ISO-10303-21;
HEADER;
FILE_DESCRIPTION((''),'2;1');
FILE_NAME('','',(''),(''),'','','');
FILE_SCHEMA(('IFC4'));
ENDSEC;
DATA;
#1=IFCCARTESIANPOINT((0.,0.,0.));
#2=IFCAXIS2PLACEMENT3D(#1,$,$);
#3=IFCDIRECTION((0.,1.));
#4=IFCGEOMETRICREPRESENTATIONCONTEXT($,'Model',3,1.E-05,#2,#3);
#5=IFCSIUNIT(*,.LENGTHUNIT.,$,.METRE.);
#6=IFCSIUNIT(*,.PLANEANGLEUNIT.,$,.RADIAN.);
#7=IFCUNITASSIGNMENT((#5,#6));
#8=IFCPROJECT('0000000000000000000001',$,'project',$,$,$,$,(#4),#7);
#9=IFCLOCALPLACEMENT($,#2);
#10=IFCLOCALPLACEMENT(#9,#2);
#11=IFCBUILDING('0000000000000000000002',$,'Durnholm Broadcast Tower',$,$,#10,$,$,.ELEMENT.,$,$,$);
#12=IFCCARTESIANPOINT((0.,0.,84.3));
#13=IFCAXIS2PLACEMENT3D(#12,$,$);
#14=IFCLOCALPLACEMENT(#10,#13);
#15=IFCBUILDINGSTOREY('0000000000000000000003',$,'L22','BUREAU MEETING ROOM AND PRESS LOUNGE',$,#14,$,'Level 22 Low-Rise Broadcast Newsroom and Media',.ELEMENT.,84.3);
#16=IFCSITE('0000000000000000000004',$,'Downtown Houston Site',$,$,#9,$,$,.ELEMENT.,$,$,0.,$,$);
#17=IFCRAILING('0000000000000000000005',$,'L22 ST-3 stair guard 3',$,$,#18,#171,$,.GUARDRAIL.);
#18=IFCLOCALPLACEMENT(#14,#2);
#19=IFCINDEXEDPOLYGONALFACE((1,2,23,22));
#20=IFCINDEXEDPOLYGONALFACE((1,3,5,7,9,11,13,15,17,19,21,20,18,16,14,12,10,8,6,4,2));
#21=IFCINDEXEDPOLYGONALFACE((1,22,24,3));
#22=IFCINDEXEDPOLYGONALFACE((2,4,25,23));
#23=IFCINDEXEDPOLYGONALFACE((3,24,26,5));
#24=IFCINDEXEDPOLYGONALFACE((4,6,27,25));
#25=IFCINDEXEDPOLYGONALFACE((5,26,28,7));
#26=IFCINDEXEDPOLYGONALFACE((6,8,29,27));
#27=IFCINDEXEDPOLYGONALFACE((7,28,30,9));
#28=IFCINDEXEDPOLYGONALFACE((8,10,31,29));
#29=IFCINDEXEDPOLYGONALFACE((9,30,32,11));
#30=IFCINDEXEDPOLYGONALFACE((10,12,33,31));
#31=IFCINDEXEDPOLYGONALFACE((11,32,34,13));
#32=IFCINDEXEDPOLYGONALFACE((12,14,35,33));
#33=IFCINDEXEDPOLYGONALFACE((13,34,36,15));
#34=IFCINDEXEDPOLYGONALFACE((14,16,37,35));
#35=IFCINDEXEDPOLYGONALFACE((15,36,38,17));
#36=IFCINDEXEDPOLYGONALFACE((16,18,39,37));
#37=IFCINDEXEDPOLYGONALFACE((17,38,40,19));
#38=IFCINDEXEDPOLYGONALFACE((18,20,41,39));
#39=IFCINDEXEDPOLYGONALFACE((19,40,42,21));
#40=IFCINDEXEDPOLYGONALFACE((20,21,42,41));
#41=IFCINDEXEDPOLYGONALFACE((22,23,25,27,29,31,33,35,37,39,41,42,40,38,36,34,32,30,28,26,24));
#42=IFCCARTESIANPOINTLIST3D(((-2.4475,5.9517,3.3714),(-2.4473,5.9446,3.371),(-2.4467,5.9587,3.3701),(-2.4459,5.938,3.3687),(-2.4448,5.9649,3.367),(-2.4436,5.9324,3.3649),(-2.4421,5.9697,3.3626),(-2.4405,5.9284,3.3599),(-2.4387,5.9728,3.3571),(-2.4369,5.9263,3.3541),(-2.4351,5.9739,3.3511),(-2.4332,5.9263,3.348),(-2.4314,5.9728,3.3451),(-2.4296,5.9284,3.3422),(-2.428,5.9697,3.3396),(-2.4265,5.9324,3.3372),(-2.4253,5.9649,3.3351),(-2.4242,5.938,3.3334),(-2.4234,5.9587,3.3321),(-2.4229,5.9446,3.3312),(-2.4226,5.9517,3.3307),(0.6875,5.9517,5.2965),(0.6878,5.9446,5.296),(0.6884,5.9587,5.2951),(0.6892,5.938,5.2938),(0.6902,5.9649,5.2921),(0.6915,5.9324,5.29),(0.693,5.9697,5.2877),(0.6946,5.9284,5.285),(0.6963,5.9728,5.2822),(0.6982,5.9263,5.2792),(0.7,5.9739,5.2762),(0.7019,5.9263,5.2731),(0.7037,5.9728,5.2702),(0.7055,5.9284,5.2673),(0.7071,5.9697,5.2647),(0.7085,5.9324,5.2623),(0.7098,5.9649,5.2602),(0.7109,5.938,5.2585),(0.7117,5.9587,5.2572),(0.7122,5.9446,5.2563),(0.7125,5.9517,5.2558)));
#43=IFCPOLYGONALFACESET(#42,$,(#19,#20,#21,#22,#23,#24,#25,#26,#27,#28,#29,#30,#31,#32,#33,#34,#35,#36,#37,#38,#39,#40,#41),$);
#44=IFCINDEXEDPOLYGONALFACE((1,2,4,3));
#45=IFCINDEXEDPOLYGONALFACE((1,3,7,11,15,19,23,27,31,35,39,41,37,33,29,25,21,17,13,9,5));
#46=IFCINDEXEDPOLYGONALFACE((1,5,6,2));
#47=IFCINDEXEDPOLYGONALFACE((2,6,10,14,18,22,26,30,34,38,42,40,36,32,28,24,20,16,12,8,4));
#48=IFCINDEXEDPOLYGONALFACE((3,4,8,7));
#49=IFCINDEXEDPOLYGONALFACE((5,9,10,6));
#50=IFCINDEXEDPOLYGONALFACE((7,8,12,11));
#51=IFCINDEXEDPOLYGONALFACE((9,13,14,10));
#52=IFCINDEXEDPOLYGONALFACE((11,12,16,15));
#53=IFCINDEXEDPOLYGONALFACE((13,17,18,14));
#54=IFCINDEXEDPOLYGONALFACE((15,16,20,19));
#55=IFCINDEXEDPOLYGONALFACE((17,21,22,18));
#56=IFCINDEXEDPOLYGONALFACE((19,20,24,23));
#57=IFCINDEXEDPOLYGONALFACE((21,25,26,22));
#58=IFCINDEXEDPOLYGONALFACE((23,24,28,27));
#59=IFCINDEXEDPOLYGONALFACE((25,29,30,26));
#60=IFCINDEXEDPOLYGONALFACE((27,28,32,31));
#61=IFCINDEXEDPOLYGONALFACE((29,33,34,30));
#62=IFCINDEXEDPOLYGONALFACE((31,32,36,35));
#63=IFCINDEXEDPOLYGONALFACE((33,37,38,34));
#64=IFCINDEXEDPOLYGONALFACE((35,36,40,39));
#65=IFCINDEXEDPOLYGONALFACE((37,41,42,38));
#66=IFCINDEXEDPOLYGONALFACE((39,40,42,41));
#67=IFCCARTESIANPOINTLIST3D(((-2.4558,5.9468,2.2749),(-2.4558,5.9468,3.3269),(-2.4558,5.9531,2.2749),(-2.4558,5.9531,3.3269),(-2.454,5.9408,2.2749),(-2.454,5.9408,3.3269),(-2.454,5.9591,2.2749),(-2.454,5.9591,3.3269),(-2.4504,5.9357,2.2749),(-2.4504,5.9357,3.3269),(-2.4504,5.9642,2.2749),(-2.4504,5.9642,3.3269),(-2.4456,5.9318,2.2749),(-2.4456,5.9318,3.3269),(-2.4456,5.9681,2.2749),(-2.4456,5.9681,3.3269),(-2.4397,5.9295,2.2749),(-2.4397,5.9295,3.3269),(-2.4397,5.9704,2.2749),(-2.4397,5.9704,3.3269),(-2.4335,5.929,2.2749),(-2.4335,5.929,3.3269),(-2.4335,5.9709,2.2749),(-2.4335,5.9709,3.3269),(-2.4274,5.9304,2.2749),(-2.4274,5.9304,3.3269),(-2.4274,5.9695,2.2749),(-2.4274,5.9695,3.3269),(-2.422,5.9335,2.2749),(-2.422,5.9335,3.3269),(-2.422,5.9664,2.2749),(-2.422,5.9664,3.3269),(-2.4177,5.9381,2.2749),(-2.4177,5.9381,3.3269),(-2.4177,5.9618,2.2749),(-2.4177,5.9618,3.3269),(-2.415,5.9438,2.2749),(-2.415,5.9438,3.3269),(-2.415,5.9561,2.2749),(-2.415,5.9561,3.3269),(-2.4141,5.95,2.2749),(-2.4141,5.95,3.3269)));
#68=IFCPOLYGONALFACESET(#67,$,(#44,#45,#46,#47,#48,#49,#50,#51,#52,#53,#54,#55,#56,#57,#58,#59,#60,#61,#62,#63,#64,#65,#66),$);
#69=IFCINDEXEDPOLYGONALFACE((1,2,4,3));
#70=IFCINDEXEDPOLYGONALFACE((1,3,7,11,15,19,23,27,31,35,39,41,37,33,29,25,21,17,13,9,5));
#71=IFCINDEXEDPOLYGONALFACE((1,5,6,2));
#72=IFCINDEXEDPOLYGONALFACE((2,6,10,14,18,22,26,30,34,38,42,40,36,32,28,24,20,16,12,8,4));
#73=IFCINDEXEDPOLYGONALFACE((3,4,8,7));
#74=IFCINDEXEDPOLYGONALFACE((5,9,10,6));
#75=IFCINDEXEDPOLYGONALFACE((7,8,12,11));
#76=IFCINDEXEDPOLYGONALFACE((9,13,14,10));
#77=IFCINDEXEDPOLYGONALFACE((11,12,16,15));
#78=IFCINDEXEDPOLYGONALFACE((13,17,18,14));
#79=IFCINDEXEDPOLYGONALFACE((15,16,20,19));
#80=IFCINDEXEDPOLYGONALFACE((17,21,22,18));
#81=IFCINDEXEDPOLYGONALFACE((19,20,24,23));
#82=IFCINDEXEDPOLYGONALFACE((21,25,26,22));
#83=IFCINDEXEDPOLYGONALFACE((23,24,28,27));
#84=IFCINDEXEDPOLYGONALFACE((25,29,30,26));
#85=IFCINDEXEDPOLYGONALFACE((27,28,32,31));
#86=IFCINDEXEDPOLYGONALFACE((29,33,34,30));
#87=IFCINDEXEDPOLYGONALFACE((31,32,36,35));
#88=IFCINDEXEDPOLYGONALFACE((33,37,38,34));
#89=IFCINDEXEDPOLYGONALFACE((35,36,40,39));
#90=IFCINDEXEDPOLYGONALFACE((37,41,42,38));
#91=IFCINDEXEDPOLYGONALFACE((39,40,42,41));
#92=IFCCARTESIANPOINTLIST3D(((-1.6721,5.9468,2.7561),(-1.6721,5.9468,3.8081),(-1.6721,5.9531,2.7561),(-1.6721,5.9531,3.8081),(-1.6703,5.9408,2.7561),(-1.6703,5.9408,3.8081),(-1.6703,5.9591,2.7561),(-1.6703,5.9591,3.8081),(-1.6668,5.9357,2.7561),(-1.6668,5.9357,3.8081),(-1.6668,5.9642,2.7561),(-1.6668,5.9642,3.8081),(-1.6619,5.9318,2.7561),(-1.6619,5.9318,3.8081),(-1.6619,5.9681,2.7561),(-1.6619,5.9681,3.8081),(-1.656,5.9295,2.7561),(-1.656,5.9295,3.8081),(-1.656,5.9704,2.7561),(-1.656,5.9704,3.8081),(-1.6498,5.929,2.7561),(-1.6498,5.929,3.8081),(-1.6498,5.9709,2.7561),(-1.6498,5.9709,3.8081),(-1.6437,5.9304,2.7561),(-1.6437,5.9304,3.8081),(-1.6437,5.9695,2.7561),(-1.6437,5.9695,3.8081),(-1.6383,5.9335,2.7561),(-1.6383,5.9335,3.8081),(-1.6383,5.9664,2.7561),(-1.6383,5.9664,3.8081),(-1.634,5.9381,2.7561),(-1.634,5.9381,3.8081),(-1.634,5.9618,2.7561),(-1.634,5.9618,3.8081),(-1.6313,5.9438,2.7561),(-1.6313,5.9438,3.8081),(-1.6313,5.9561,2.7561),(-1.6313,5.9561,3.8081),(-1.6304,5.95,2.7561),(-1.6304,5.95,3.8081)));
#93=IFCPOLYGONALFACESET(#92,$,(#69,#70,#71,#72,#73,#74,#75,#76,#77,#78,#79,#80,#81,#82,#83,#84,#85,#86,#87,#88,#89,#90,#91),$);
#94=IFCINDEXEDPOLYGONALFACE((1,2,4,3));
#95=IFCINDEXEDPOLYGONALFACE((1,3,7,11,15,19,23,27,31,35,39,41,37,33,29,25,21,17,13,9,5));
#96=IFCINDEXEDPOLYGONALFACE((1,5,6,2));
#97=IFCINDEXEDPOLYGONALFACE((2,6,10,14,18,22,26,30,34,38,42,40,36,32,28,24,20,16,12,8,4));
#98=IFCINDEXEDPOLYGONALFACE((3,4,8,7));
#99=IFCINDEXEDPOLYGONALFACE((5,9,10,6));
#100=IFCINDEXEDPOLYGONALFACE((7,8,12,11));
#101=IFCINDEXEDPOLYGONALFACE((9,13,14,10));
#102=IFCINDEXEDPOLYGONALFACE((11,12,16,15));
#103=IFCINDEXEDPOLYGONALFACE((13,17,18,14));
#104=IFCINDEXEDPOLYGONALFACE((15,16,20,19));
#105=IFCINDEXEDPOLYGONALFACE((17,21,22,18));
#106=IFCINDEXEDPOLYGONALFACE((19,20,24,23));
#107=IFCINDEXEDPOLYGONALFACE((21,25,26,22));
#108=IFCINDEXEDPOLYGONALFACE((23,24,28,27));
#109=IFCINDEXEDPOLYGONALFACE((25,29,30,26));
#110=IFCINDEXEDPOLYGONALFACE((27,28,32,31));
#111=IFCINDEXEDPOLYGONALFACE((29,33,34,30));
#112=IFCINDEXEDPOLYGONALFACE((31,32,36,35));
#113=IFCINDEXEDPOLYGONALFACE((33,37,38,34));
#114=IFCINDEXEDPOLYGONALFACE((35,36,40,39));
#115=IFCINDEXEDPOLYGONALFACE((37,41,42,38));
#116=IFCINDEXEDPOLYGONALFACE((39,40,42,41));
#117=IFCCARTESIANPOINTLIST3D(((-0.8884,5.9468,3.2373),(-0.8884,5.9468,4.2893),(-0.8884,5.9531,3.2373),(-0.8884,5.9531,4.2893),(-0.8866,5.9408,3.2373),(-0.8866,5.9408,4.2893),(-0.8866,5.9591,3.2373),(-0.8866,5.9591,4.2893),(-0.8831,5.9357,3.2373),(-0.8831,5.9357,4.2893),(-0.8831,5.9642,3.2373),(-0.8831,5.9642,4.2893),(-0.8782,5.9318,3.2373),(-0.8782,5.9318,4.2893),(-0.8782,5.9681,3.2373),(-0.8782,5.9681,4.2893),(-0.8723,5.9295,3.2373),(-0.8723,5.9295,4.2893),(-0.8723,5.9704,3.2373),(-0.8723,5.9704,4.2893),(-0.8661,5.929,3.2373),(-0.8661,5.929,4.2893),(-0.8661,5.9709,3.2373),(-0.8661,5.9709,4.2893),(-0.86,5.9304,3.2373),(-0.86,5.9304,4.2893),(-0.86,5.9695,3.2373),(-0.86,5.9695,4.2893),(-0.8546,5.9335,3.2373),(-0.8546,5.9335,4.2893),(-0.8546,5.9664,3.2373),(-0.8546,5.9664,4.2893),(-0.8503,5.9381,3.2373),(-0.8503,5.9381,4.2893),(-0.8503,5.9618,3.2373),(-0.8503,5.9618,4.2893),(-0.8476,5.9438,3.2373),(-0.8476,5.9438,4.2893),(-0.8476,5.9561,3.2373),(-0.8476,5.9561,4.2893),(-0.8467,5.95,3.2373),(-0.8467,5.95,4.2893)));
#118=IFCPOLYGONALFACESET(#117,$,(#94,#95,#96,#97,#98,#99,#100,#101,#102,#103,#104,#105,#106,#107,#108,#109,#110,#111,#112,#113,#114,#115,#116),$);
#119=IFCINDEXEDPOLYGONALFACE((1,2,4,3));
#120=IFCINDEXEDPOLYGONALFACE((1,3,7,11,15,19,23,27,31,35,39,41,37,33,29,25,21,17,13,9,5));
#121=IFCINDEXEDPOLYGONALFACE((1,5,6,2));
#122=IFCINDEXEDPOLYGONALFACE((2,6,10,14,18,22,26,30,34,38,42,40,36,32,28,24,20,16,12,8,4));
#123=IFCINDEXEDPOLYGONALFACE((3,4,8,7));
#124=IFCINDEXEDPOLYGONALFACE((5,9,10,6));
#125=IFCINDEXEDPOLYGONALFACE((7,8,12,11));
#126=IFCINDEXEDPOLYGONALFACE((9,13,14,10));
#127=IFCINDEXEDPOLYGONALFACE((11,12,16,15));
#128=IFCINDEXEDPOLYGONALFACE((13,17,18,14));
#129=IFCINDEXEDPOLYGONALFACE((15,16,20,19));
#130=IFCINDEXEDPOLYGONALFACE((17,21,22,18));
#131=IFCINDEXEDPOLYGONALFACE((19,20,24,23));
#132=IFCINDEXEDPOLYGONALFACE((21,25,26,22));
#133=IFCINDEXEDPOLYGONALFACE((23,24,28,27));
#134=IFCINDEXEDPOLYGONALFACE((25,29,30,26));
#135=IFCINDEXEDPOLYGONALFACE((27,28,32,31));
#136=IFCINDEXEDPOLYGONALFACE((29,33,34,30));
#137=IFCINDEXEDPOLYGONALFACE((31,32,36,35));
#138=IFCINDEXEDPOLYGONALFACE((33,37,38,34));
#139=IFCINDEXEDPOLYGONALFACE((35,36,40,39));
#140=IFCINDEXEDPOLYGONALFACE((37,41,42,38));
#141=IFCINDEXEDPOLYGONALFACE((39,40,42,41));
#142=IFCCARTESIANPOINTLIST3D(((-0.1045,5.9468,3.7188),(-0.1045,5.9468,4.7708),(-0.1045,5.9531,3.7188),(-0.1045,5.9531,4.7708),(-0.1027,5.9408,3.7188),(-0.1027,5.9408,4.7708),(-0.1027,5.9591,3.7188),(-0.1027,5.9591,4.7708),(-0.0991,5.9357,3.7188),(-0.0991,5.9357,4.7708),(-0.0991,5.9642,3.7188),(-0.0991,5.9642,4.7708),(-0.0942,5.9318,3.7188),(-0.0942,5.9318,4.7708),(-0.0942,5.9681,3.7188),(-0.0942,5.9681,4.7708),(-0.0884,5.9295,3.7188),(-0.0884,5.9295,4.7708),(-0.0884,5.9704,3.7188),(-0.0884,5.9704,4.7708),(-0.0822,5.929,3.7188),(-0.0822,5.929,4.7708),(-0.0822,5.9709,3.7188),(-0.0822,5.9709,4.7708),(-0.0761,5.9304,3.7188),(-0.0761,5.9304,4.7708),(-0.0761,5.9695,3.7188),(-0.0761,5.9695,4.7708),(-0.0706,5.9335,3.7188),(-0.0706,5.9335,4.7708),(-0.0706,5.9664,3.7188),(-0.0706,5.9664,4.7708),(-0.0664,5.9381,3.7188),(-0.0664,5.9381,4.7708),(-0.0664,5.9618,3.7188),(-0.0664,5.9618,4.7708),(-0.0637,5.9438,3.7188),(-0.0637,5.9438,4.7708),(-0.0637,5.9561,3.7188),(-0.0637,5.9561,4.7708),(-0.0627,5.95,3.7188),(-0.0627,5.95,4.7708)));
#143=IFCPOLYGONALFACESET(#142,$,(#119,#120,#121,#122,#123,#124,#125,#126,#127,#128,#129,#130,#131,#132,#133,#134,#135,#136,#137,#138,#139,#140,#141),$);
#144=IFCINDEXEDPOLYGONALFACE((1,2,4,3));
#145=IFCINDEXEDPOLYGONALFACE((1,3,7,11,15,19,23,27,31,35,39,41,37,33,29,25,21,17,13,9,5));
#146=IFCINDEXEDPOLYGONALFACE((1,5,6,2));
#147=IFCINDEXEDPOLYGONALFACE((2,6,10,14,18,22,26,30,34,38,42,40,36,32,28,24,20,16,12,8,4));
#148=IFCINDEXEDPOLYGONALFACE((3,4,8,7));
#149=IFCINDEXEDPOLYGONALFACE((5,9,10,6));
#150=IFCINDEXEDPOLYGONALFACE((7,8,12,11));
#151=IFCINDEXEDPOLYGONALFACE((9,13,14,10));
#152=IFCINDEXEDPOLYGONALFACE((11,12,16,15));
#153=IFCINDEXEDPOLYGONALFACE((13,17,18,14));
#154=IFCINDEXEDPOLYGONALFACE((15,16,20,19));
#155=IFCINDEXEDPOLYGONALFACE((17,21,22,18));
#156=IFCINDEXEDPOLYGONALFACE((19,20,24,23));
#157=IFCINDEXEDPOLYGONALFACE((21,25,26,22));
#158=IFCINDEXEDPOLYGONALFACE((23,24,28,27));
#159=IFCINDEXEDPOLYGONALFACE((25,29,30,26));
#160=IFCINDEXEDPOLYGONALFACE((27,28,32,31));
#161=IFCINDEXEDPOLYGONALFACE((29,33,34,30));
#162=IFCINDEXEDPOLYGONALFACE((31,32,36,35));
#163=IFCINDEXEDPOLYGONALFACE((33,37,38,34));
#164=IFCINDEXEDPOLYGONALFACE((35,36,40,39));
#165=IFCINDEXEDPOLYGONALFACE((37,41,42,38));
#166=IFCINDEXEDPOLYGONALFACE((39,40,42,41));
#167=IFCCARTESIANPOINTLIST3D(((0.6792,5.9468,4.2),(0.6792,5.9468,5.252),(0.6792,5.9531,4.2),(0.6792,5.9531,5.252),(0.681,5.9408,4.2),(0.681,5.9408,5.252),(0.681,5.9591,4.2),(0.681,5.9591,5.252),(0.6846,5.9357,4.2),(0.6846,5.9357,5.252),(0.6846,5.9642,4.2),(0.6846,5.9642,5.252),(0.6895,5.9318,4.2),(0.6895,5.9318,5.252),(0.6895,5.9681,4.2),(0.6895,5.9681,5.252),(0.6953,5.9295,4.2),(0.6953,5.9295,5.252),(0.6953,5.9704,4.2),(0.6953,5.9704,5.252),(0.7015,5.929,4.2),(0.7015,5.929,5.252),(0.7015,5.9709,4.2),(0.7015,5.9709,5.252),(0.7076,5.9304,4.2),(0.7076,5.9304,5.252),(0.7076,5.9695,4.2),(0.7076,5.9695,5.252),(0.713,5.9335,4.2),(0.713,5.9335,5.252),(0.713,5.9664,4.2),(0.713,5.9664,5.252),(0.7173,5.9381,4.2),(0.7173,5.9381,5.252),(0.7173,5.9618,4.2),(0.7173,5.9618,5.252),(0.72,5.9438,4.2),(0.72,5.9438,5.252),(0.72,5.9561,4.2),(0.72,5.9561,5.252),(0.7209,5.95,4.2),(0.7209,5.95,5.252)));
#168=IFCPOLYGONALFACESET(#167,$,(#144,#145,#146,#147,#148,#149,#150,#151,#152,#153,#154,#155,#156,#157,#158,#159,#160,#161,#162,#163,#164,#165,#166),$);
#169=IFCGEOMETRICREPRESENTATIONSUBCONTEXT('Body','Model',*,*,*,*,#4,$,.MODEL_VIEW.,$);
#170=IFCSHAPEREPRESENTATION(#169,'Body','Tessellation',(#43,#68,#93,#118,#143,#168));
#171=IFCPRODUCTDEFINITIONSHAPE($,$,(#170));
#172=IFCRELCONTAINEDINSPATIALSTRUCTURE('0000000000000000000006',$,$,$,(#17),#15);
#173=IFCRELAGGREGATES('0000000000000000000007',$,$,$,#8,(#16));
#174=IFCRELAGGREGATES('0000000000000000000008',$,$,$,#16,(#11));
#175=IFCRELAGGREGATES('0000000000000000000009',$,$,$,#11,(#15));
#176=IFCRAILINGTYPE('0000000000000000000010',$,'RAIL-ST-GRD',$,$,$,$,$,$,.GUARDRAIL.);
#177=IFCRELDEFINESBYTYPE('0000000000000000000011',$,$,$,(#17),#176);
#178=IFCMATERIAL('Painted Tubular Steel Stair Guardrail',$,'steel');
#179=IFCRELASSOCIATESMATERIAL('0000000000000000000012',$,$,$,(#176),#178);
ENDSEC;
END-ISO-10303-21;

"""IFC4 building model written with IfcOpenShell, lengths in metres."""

from ifc_helpers import new_model, si_unit, direction, frame, origin, origin_2d, place, context, subcontext, project, spatial, circle, extrude, material, type_object, element, save


model = new_model("IFC4")

# Units and contexts
model_context = context("Model", 3, precision=1e-05, world=origin(), true_north=direction((0.0, 1.0)))
body_context = subcontext(model_context, "Body", "Model", "MODEL_VIEW")
ifc_project = project(units=[si_unit("LENGTHUNIT", "METRE"), si_unit("PLANEANGLEUNIT", "RADIAN")], contexts=[model_context])

# Site, building, storey
site_placement = place(None, origin())
site = spatial("IfcSite", under=ifc_project, at=site_placement, Name="Downtown Houston Site", CompositionType="ELEMENT", RefElevation=0.0)
building_placement = place(site_placement, origin())
building = spatial("IfcBuilding", under=site, at=building_placement, Name="Durnholm Broadcast Tower", CompositionType="ELEMENT")
storey_placement = place(building_placement, frame((0.0, 0.0, 84.3)))
storey = spatial("IfcBuildingStorey", under=building, at=storey_placement, Name="L22", Description="BUREAU MEETING ROOM AND PRESS LOUNGE", LongName="Level 22 Low-Rise Broadcast Newsroom and Media", CompositionType="ELEMENT", Elevation=84.3)

# Railing
ifc_material_1 = material(Name="Painted Tubular Steel Stair Guardrail", Category="steel")
railing_type_1 = type_object("IfcRailingType", Name="RAIL-ST-GRD", PredefinedType="GUARDRAIL", material=ifc_material_1)
railing_1_placement = place(storey_placement, frame((-2.4351, 5.95, 2.2749)))
element("IfcRailing", 1, at=railing_1_placement, inside=storey, type_object=railing_type_1, Name="L22 ST-3 stair guard 3", PredefinedType="GUARDRAIL", context=body_context, shape_type="SweptSolid", body=[
    extrude(circle(Radius=0.0239, at=origin_2d()), frame((0.0, 0.0, 1.0762), z_axis=(0.852166, 0.0, 0.523271), x_axis=(0.0, 1.0, 0.0)), (0.0, 0.0, 1.0), 3.679),
    extrude(circle(Radius=0.021, at=origin_2d()), origin(), (0.0, 0.0, 1.0), 1.052),
    extrude(circle(Radius=0.021, at=origin_2d()), frame((0.7837, 0.0, 0.4812)), (0.0, 0.0, 1.0), 1.052),
    extrude(circle(Radius=0.021, at=origin_2d()), frame((1.5674, 0.0, 0.9624)), (0.0, 0.0, 1.0), 1.052),
    extrude(circle(Radius=0.021, at=origin_2d()), frame((2.3513, 0.0, 1.4438)), (0.0, 0.0, 1.0), 1.052),
    extrude(circle(Radius=0.021, at=origin_2d()), frame((3.135, 0.0, 1.925)), (0.0, 0.0, 1.0), 1.052),
])

save(model, "model.ifc")
